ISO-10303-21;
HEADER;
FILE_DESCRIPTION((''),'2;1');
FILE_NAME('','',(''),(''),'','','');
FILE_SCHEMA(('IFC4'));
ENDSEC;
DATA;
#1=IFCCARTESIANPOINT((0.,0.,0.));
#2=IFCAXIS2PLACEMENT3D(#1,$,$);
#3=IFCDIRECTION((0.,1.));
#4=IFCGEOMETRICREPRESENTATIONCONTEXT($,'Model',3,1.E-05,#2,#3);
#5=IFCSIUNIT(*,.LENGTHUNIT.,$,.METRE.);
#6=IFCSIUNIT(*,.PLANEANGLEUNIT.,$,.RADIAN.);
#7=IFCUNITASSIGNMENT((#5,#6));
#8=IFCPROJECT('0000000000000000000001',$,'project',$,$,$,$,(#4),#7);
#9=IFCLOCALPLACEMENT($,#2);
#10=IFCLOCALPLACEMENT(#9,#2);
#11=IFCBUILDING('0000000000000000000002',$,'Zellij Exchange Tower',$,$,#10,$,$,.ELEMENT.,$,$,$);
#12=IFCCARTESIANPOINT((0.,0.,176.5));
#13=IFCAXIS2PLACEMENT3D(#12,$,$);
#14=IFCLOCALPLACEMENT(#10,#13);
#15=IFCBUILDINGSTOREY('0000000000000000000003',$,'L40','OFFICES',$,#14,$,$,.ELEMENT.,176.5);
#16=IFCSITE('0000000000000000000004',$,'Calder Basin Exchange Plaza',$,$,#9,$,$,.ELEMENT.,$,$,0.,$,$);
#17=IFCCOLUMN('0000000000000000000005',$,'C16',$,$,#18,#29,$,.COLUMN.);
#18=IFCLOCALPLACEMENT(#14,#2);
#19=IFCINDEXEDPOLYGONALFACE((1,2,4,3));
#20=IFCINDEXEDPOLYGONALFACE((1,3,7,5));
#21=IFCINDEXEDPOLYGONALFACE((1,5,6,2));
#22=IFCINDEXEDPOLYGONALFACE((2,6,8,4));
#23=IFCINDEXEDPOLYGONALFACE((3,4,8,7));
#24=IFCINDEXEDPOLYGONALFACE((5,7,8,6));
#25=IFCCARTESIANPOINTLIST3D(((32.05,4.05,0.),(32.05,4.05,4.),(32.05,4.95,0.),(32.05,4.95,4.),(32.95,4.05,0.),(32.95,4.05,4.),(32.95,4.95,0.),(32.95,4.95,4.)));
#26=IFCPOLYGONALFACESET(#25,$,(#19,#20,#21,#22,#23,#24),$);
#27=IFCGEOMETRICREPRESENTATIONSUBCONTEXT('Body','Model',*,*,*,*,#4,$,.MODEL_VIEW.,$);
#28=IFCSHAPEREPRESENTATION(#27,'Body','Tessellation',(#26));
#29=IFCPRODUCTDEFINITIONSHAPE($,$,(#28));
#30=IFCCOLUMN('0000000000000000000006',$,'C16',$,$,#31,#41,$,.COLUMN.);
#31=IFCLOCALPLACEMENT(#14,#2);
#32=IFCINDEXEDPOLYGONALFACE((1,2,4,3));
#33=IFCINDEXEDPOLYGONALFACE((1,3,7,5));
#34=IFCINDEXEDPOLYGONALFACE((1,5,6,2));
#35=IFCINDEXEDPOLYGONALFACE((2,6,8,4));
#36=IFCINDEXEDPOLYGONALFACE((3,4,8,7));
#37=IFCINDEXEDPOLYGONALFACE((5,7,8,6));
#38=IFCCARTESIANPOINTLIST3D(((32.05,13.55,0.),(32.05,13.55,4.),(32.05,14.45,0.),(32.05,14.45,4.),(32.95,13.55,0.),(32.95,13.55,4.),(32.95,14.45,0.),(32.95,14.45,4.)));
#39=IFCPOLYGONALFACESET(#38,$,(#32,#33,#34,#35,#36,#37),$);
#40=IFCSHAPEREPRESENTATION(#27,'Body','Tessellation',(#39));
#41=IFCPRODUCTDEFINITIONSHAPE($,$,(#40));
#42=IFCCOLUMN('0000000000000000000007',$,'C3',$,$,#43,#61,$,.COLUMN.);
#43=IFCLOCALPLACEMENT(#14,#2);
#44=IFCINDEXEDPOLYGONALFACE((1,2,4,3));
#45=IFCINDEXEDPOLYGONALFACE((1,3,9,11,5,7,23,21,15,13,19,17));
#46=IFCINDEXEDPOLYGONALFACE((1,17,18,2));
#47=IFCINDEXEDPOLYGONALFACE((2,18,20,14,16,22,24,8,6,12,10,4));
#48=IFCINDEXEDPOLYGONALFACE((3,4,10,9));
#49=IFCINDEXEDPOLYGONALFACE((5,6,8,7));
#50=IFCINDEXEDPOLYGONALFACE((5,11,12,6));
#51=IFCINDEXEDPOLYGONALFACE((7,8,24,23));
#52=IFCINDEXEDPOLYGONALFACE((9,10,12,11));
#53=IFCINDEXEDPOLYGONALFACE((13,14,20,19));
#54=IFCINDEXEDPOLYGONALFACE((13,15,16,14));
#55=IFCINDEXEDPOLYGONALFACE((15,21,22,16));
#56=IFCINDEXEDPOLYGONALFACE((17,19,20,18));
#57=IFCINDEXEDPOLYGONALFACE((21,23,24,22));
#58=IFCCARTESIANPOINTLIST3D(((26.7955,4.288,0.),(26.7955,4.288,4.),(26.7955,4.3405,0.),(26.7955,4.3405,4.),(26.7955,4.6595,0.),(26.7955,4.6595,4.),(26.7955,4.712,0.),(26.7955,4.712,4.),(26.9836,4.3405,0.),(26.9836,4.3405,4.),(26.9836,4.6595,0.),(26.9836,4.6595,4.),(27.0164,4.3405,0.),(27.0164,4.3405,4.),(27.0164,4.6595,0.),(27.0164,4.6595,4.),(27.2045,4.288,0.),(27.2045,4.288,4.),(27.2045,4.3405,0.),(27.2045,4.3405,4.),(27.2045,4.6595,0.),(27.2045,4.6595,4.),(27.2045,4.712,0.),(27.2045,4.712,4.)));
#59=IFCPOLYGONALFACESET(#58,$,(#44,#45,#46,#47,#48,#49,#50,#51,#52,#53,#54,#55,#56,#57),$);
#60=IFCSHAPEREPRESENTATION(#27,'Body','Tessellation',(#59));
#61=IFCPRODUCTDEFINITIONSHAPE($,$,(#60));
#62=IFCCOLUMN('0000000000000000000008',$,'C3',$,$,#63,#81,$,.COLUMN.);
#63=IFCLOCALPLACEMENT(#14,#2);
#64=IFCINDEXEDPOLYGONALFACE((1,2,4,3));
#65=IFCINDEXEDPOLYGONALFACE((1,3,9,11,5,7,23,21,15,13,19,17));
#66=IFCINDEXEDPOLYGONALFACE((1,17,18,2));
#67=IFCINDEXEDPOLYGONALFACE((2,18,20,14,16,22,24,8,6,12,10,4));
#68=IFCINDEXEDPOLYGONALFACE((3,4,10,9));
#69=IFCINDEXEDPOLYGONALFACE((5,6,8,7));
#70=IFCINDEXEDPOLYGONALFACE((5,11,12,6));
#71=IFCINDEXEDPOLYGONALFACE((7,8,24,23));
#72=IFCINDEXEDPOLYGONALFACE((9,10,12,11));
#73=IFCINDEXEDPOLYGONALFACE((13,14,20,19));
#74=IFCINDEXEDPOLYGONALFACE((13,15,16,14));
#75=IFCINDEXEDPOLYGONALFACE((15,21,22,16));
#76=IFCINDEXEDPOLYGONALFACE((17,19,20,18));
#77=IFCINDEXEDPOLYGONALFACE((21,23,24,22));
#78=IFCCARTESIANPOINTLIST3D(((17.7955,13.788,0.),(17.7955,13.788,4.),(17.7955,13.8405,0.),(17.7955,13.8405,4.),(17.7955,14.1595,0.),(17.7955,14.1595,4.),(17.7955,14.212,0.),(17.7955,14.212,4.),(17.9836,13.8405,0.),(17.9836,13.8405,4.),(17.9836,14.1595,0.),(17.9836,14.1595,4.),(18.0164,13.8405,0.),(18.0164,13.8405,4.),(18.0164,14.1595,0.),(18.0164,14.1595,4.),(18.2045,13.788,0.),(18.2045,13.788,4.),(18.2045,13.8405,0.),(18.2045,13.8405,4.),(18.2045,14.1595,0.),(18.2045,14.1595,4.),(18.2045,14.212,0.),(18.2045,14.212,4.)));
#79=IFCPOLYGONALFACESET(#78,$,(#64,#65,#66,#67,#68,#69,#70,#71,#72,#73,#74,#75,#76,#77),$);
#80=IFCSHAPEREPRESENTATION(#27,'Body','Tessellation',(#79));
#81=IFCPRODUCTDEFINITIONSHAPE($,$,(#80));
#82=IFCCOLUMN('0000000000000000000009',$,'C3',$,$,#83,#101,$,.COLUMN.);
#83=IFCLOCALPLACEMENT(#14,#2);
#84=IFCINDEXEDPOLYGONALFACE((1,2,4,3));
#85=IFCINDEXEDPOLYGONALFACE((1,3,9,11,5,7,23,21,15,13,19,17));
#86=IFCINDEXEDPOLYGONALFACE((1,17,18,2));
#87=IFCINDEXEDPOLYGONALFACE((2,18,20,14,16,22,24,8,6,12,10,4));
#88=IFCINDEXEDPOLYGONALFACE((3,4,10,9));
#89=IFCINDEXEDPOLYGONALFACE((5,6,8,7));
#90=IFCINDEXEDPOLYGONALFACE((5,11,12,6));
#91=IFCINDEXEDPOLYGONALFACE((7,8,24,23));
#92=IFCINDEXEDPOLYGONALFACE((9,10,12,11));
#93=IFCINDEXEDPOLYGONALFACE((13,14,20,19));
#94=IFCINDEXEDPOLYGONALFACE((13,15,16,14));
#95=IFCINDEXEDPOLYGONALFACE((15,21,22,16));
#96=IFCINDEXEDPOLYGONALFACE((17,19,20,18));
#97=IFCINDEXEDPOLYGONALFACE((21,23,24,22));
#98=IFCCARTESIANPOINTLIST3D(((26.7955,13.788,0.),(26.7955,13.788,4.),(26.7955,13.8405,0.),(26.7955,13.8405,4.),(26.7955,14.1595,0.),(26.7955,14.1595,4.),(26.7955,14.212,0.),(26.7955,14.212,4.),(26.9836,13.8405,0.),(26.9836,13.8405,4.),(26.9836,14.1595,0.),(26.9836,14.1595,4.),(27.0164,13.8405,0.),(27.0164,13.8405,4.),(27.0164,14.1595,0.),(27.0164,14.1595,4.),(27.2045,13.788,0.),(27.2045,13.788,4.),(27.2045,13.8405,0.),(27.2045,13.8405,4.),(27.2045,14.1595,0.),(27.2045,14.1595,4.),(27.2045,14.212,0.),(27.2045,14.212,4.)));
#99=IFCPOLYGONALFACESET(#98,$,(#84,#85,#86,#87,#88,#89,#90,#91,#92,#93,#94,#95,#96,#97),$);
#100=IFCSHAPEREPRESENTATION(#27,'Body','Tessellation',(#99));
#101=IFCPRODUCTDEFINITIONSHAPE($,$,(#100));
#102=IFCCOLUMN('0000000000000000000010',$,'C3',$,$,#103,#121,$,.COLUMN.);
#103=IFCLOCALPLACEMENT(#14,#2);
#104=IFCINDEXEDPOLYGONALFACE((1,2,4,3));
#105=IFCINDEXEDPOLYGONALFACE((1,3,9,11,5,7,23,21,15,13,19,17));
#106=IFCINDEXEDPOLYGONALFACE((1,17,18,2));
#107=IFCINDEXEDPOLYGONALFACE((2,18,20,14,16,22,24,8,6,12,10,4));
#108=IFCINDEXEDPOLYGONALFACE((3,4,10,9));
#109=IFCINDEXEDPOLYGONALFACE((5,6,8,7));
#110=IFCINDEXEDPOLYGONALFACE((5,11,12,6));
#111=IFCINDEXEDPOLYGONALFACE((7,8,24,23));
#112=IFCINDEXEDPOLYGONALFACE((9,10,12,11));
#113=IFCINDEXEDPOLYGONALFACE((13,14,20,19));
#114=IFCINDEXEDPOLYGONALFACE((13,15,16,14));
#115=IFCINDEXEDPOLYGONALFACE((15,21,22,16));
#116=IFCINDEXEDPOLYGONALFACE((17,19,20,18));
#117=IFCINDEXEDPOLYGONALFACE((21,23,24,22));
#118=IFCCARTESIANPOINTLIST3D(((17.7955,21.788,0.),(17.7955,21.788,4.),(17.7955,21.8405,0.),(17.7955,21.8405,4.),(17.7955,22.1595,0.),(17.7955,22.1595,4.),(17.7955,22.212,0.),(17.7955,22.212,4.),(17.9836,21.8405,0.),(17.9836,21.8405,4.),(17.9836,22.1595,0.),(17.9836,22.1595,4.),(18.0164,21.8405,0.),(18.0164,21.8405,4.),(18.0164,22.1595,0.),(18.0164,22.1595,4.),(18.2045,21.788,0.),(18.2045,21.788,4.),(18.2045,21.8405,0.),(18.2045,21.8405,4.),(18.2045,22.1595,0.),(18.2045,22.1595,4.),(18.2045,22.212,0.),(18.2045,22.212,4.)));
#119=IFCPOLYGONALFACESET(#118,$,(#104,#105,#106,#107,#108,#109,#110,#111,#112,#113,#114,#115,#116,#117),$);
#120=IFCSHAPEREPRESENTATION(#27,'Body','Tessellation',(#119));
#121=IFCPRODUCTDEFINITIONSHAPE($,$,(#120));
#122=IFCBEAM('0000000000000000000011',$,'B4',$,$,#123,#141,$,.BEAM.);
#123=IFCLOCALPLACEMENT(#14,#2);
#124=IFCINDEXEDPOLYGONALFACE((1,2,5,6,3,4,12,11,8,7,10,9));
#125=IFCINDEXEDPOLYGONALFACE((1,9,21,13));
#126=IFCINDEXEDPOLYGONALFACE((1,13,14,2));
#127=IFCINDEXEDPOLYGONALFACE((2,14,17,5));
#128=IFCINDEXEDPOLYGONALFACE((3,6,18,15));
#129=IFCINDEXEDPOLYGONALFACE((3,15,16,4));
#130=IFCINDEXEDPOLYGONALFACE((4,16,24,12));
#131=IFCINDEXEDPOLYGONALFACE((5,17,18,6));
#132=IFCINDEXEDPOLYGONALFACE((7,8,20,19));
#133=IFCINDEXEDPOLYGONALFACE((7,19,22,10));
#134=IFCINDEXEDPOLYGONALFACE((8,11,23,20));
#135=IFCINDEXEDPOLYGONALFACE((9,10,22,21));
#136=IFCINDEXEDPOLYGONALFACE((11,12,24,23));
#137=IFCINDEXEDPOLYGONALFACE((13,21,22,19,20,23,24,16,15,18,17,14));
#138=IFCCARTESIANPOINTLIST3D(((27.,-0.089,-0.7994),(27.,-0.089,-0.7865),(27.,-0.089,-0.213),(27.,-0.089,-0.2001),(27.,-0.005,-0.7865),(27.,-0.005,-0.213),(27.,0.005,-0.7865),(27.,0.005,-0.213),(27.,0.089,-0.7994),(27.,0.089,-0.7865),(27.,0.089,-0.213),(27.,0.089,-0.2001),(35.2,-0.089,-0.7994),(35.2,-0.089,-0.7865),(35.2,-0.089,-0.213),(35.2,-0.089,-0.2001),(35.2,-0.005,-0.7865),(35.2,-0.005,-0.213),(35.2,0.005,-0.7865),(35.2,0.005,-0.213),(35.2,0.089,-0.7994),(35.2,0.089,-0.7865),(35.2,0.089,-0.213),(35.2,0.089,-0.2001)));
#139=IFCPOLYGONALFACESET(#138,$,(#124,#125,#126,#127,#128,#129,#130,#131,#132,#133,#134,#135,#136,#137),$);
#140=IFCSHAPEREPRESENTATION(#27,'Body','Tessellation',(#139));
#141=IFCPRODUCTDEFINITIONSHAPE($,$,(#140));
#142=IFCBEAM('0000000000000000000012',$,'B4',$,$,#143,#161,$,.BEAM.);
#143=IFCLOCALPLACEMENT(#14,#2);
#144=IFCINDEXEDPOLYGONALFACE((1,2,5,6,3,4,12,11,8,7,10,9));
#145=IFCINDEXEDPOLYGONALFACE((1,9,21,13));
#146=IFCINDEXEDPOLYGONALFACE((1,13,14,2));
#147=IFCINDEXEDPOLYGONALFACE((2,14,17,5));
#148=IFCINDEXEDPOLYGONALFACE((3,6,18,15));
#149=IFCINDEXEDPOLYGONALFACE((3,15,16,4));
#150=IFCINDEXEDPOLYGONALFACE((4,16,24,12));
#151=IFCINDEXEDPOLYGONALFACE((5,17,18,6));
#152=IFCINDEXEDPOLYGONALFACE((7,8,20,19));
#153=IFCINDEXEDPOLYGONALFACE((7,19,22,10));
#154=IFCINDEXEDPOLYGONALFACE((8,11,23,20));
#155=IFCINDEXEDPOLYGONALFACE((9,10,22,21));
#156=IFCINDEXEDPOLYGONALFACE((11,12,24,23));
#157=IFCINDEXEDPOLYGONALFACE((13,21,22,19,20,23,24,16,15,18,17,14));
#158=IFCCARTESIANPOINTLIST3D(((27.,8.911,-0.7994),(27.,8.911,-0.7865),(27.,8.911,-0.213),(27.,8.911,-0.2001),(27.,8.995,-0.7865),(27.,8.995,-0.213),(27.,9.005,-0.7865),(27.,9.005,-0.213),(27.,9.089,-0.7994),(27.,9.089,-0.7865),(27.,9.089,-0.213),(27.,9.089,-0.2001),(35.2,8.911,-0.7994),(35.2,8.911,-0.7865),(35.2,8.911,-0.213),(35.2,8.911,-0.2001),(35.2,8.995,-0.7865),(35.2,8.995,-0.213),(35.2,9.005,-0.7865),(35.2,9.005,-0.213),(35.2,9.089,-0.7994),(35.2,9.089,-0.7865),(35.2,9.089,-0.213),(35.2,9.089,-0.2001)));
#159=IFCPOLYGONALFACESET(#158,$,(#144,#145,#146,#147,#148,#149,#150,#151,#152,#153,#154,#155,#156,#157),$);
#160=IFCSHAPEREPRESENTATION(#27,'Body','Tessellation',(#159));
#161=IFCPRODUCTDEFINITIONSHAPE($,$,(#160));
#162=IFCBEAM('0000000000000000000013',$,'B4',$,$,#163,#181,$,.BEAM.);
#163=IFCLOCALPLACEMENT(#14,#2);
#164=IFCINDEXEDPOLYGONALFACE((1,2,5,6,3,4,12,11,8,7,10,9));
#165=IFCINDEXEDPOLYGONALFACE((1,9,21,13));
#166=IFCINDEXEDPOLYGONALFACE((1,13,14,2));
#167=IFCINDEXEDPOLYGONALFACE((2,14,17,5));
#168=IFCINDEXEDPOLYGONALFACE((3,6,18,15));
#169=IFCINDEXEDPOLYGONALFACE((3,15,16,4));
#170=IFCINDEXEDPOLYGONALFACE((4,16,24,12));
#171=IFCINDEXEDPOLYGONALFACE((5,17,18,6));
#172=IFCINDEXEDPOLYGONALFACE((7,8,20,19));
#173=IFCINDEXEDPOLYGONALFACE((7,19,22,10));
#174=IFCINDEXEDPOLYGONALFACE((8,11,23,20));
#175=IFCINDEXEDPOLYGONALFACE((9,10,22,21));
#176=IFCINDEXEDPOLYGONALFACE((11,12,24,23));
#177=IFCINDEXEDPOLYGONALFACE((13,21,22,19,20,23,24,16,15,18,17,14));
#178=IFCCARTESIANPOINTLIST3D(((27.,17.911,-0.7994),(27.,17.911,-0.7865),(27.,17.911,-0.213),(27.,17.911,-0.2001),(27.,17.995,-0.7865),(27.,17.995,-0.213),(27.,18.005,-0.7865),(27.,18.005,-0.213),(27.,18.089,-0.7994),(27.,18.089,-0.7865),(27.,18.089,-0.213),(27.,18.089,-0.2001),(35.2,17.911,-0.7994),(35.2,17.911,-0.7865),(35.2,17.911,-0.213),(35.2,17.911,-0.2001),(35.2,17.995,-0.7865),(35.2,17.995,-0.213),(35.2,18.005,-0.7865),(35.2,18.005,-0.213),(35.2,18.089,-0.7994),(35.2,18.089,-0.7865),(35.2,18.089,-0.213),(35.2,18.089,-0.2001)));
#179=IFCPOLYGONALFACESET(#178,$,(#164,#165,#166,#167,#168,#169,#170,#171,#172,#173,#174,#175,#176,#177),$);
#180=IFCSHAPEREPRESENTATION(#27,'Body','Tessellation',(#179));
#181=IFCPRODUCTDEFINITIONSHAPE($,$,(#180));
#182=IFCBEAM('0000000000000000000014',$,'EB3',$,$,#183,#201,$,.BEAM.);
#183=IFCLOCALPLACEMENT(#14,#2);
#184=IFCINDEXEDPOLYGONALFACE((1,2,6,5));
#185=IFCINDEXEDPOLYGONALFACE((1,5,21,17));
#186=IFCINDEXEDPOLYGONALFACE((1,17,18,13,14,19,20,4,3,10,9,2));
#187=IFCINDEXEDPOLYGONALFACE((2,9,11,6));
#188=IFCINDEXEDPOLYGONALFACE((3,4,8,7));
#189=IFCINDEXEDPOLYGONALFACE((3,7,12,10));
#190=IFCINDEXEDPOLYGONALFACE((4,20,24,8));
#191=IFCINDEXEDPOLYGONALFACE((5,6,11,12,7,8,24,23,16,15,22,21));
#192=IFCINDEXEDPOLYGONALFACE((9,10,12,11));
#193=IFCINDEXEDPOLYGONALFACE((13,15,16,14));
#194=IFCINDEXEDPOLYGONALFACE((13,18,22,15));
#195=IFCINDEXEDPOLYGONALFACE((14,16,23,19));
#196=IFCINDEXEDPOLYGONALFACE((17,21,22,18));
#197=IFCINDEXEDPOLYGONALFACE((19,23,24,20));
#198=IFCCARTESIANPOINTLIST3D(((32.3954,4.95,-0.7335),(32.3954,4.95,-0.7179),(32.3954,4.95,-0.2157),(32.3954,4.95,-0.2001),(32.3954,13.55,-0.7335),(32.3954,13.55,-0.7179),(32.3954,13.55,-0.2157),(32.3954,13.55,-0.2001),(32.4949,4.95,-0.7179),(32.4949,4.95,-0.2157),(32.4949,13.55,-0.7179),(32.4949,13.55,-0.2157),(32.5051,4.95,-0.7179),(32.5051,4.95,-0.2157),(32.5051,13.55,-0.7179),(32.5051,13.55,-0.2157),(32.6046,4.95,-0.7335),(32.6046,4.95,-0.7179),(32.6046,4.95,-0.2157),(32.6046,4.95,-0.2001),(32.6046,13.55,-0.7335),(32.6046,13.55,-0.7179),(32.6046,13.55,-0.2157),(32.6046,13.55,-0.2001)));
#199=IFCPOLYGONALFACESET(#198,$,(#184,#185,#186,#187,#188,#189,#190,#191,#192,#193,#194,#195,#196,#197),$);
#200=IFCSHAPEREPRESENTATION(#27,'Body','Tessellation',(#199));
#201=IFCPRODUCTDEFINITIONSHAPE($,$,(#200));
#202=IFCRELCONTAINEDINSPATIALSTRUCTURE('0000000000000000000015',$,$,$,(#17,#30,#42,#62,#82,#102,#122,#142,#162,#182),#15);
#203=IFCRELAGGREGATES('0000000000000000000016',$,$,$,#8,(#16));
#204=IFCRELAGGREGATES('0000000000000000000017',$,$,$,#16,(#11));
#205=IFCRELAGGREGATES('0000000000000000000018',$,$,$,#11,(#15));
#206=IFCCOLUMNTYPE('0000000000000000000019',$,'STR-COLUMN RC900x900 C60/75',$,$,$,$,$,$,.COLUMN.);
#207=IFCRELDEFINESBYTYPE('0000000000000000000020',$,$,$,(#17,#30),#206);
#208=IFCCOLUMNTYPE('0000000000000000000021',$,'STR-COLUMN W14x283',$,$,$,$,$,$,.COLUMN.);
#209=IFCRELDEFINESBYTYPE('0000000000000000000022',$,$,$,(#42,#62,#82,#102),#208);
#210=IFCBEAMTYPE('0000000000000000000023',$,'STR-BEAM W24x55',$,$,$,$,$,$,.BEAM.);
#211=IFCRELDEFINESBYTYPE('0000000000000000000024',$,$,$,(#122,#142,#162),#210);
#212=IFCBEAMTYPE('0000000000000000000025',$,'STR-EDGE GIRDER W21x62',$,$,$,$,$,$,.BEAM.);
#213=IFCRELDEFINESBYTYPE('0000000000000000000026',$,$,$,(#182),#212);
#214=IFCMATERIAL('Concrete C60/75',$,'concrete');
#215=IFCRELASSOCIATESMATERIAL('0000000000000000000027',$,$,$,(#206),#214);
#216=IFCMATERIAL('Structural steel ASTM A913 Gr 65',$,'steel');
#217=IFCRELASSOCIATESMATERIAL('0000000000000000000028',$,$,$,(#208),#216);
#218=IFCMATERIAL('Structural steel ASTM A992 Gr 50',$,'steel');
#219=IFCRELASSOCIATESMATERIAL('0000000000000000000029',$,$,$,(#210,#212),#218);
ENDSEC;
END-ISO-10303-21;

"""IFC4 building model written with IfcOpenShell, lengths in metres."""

from ifc_helpers import new_model, si_unit, direction, frame, origin, origin_2d, place, context, subcontext, project, spatial, rectangle, i_section, extrude, material, material_profile, profile_set, type_object, element, save


model = new_model("IFC4")

# Units and contexts
model_context = context("Model", 3, precision=1e-05, world=origin(), true_north=direction((0.0, 1.0)))
body_context = subcontext(model_context, "Body", "Model", "MODEL_VIEW")
ifc_project = project(units=[si_unit("LENGTHUNIT", "METRE"), si_unit("PLANEANGLEUNIT", "RADIAN")], contexts=[model_context])

# Site, building, storey
site_placement = place(None, origin())
site = spatial("IfcSite", under=ifc_project, at=site_placement, Name="Calder Basin Exchange Plaza", CompositionType="ELEMENT", RefElevation=0.0)
building_placement = place(site_placement, origin())
building = spatial("IfcBuilding", under=site, at=building_placement, Name="Zellij Exchange Tower", CompositionType="ELEMENT")
storey_placement = place(building_placement, frame((0.0, 0.0, 176.5)))
storey = spatial("IfcBuildingStorey", under=building, at=storey_placement, Name="L40", Description="OFFICES", CompositionType="ELEMENT", Elevation=176.5)

# Columns
ifc_material_1 = material(Name="Concrete C60/75", Category="concrete")
ifc_material_profile_1 = material_profile(ifc_material_1, rectangle(XDim=0.8999, YDim=0.8999, at=origin_2d()), Name="STR-COLUMN RC900x900 C60/75")
ifc_profile_set_1 = profile_set([ifc_material_profile_1], Name="Concrete C60/75")
column_type_1 = type_object("IfcColumnType", Name="STR-COLUMN RC900x900 C60/75", PredefinedType="COLUMN", material=ifc_profile_set_1)
for number, where, z_axis, x_axis, name in (
    (1, (32.5, 4.5, 0.0), (0.0, 0.0, 1.0), (1.0, 0.0, 0.0), "C16"),
    (2, (32.5, 14.0, 0.0), (0.0, 0.0, 1.0), (1.0, 0.0, 0.0), "C16"),
):
    element("IfcColumn", number, at=place(storey_placement, frame(where, z_axis=z_axis, x_axis=x_axis)), inside=storey, type_object=column_type_1, Name=name, PredefinedType="COLUMN", context=body_context, shape_type="SweptSolid", body=[
        extrude(rectangle(XDim=0.8999, YDim=0.8999, at=origin_2d()), origin(), (0.0, 0.0, 1.0), 4.0),
    ])
ifc_material_2 = material(Name="Structural steel ASTM A913 Gr 65", Category="steel")
ifc_material_profile_2 = material_profile(ifc_material_2, i_section(OverallWidth=0.4089, OverallDepth=0.4241, WebThickness=0.0327, FlangeThickness=0.0525, at=origin_2d()), Name="W14x283")
ifc_profile_set_2 = profile_set([ifc_material_profile_2], Name="Structural steel ASTM A913 Gr 65")
column_type_2 = type_object("IfcColumnType", Name="STR-COLUMN W14x283", PredefinedType="COLUMN", material=ifc_profile_set_2)
for number, where, z_axis, x_axis, name in (
    (3, (27.0, 4.5, 0.0), (0.0, 0.0, 1.0), (1.0, 0.0, 0.0), "C3"),
    (4, (18.0, 14.0, 0.0), (0.0, 0.0, 1.0), (1.0, 0.0, 0.0), "C3"),
    (5, (27.0, 14.0, 0.0), (0.0, 0.0, 1.0), (1.0, 0.0, 0.0), "C3"),
    (6, (18.0, 22.0, 0.0), (0.0, 0.0, 1.0), (1.0, 0.0, 0.0), "C3"),
):
    element("IfcColumn", number, at=place(storey_placement, frame(where, z_axis=z_axis, x_axis=x_axis)), inside=storey, type_object=column_type_2, Name=name, PredefinedType="COLUMN", context=body_context, shape_type="SweptSolid", body=[
        extrude(i_section(OverallWidth=0.4089, OverallDepth=0.4241, WebThickness=0.0327, FlangeThickness=0.0525, at=origin_2d()), origin(), (0.0, 0.0, 1.0), 4.0),
    ])

# Beams
ifc_material_3 = material(Name="Structural steel ASTM A992 Gr 50", Category="steel")
ifc_material_profile_3 = material_profile(ifc_material_3, i_section(OverallWidth=0.178, OverallDepth=0.5994, WebThickness=0.01, FlangeThickness=0.0129, at=origin_2d()), Name="W24x55")
ifc_profile_set_3 = profile_set([ifc_material_profile_3], Name="Structural steel ASTM A992 Gr 50")
beam_type_1 = type_object("IfcBeamType", Name="STR-BEAM W24x55", PredefinedType="BEAM", material=ifc_profile_set_3)
for number, where, z_axis, x_axis, name in (
    (7, (27.0, 0.0, -0.4998), (1.0, 0.0, 0.0), (0.0, 1.0, 0.0), "B4"),
    (8, (27.0, 9.0, -0.4998), (1.0, 0.0, 0.0), (0.0, 1.0, 0.0), "B4"),
    (9, (27.0, 18.0, -0.4998), (1.0, 0.0, 0.0), (0.0, 1.0, 0.0), "B4"),
):
    element("IfcBeam", number, at=place(storey_placement, frame(where, z_axis=z_axis, x_axis=x_axis)), inside=storey, type_object=beam_type_1, Name=name, PredefinedType="BEAM", context=body_context, shape_type="SweptSolid", body=[
        extrude(i_section(OverallWidth=0.178, OverallDepth=0.5994, WebThickness=0.01, FlangeThickness=0.0129, at=origin_2d()), origin(), (0.0, 0.0, 1.0), 8.2),
    ])
ifc_material_profile_4 = material_profile(ifc_material_3, i_section(OverallWidth=0.2092, OverallDepth=0.5334, WebThickness=0.0103, FlangeThickness=0.0156, at=origin_2d()), Name="W21x62")
ifc_profile_set_4 = profile_set([ifc_material_profile_4], Name="Structural steel ASTM A992 Gr 50")
beam_type_2 = type_object("IfcBeamType", Name="STR-EDGE GIRDER W21x62", PredefinedType="BEAM", material=ifc_profile_set_4)
beam_1_placement = place(storey_placement, frame((32.5, 4.95, -0.4668), z_axis=(0.0, 1.0, 0.0), x_axis=(-1.0, 0.0, 0.0)))
element("IfcBeam", 10, at=beam_1_placement, inside=storey, type_object=beam_type_2, Name="EB3", PredefinedType="BEAM", context=body_context, shape_type="SweptSolid", body=[
    extrude(i_section(OverallWidth=0.2092, OverallDepth=0.5334, WebThickness=0.0103, FlangeThickness=0.0156, at=origin_2d()), origin(), (0.0, 0.0, 1.0), 8.6001),
])

save(model, "model.ifc")
